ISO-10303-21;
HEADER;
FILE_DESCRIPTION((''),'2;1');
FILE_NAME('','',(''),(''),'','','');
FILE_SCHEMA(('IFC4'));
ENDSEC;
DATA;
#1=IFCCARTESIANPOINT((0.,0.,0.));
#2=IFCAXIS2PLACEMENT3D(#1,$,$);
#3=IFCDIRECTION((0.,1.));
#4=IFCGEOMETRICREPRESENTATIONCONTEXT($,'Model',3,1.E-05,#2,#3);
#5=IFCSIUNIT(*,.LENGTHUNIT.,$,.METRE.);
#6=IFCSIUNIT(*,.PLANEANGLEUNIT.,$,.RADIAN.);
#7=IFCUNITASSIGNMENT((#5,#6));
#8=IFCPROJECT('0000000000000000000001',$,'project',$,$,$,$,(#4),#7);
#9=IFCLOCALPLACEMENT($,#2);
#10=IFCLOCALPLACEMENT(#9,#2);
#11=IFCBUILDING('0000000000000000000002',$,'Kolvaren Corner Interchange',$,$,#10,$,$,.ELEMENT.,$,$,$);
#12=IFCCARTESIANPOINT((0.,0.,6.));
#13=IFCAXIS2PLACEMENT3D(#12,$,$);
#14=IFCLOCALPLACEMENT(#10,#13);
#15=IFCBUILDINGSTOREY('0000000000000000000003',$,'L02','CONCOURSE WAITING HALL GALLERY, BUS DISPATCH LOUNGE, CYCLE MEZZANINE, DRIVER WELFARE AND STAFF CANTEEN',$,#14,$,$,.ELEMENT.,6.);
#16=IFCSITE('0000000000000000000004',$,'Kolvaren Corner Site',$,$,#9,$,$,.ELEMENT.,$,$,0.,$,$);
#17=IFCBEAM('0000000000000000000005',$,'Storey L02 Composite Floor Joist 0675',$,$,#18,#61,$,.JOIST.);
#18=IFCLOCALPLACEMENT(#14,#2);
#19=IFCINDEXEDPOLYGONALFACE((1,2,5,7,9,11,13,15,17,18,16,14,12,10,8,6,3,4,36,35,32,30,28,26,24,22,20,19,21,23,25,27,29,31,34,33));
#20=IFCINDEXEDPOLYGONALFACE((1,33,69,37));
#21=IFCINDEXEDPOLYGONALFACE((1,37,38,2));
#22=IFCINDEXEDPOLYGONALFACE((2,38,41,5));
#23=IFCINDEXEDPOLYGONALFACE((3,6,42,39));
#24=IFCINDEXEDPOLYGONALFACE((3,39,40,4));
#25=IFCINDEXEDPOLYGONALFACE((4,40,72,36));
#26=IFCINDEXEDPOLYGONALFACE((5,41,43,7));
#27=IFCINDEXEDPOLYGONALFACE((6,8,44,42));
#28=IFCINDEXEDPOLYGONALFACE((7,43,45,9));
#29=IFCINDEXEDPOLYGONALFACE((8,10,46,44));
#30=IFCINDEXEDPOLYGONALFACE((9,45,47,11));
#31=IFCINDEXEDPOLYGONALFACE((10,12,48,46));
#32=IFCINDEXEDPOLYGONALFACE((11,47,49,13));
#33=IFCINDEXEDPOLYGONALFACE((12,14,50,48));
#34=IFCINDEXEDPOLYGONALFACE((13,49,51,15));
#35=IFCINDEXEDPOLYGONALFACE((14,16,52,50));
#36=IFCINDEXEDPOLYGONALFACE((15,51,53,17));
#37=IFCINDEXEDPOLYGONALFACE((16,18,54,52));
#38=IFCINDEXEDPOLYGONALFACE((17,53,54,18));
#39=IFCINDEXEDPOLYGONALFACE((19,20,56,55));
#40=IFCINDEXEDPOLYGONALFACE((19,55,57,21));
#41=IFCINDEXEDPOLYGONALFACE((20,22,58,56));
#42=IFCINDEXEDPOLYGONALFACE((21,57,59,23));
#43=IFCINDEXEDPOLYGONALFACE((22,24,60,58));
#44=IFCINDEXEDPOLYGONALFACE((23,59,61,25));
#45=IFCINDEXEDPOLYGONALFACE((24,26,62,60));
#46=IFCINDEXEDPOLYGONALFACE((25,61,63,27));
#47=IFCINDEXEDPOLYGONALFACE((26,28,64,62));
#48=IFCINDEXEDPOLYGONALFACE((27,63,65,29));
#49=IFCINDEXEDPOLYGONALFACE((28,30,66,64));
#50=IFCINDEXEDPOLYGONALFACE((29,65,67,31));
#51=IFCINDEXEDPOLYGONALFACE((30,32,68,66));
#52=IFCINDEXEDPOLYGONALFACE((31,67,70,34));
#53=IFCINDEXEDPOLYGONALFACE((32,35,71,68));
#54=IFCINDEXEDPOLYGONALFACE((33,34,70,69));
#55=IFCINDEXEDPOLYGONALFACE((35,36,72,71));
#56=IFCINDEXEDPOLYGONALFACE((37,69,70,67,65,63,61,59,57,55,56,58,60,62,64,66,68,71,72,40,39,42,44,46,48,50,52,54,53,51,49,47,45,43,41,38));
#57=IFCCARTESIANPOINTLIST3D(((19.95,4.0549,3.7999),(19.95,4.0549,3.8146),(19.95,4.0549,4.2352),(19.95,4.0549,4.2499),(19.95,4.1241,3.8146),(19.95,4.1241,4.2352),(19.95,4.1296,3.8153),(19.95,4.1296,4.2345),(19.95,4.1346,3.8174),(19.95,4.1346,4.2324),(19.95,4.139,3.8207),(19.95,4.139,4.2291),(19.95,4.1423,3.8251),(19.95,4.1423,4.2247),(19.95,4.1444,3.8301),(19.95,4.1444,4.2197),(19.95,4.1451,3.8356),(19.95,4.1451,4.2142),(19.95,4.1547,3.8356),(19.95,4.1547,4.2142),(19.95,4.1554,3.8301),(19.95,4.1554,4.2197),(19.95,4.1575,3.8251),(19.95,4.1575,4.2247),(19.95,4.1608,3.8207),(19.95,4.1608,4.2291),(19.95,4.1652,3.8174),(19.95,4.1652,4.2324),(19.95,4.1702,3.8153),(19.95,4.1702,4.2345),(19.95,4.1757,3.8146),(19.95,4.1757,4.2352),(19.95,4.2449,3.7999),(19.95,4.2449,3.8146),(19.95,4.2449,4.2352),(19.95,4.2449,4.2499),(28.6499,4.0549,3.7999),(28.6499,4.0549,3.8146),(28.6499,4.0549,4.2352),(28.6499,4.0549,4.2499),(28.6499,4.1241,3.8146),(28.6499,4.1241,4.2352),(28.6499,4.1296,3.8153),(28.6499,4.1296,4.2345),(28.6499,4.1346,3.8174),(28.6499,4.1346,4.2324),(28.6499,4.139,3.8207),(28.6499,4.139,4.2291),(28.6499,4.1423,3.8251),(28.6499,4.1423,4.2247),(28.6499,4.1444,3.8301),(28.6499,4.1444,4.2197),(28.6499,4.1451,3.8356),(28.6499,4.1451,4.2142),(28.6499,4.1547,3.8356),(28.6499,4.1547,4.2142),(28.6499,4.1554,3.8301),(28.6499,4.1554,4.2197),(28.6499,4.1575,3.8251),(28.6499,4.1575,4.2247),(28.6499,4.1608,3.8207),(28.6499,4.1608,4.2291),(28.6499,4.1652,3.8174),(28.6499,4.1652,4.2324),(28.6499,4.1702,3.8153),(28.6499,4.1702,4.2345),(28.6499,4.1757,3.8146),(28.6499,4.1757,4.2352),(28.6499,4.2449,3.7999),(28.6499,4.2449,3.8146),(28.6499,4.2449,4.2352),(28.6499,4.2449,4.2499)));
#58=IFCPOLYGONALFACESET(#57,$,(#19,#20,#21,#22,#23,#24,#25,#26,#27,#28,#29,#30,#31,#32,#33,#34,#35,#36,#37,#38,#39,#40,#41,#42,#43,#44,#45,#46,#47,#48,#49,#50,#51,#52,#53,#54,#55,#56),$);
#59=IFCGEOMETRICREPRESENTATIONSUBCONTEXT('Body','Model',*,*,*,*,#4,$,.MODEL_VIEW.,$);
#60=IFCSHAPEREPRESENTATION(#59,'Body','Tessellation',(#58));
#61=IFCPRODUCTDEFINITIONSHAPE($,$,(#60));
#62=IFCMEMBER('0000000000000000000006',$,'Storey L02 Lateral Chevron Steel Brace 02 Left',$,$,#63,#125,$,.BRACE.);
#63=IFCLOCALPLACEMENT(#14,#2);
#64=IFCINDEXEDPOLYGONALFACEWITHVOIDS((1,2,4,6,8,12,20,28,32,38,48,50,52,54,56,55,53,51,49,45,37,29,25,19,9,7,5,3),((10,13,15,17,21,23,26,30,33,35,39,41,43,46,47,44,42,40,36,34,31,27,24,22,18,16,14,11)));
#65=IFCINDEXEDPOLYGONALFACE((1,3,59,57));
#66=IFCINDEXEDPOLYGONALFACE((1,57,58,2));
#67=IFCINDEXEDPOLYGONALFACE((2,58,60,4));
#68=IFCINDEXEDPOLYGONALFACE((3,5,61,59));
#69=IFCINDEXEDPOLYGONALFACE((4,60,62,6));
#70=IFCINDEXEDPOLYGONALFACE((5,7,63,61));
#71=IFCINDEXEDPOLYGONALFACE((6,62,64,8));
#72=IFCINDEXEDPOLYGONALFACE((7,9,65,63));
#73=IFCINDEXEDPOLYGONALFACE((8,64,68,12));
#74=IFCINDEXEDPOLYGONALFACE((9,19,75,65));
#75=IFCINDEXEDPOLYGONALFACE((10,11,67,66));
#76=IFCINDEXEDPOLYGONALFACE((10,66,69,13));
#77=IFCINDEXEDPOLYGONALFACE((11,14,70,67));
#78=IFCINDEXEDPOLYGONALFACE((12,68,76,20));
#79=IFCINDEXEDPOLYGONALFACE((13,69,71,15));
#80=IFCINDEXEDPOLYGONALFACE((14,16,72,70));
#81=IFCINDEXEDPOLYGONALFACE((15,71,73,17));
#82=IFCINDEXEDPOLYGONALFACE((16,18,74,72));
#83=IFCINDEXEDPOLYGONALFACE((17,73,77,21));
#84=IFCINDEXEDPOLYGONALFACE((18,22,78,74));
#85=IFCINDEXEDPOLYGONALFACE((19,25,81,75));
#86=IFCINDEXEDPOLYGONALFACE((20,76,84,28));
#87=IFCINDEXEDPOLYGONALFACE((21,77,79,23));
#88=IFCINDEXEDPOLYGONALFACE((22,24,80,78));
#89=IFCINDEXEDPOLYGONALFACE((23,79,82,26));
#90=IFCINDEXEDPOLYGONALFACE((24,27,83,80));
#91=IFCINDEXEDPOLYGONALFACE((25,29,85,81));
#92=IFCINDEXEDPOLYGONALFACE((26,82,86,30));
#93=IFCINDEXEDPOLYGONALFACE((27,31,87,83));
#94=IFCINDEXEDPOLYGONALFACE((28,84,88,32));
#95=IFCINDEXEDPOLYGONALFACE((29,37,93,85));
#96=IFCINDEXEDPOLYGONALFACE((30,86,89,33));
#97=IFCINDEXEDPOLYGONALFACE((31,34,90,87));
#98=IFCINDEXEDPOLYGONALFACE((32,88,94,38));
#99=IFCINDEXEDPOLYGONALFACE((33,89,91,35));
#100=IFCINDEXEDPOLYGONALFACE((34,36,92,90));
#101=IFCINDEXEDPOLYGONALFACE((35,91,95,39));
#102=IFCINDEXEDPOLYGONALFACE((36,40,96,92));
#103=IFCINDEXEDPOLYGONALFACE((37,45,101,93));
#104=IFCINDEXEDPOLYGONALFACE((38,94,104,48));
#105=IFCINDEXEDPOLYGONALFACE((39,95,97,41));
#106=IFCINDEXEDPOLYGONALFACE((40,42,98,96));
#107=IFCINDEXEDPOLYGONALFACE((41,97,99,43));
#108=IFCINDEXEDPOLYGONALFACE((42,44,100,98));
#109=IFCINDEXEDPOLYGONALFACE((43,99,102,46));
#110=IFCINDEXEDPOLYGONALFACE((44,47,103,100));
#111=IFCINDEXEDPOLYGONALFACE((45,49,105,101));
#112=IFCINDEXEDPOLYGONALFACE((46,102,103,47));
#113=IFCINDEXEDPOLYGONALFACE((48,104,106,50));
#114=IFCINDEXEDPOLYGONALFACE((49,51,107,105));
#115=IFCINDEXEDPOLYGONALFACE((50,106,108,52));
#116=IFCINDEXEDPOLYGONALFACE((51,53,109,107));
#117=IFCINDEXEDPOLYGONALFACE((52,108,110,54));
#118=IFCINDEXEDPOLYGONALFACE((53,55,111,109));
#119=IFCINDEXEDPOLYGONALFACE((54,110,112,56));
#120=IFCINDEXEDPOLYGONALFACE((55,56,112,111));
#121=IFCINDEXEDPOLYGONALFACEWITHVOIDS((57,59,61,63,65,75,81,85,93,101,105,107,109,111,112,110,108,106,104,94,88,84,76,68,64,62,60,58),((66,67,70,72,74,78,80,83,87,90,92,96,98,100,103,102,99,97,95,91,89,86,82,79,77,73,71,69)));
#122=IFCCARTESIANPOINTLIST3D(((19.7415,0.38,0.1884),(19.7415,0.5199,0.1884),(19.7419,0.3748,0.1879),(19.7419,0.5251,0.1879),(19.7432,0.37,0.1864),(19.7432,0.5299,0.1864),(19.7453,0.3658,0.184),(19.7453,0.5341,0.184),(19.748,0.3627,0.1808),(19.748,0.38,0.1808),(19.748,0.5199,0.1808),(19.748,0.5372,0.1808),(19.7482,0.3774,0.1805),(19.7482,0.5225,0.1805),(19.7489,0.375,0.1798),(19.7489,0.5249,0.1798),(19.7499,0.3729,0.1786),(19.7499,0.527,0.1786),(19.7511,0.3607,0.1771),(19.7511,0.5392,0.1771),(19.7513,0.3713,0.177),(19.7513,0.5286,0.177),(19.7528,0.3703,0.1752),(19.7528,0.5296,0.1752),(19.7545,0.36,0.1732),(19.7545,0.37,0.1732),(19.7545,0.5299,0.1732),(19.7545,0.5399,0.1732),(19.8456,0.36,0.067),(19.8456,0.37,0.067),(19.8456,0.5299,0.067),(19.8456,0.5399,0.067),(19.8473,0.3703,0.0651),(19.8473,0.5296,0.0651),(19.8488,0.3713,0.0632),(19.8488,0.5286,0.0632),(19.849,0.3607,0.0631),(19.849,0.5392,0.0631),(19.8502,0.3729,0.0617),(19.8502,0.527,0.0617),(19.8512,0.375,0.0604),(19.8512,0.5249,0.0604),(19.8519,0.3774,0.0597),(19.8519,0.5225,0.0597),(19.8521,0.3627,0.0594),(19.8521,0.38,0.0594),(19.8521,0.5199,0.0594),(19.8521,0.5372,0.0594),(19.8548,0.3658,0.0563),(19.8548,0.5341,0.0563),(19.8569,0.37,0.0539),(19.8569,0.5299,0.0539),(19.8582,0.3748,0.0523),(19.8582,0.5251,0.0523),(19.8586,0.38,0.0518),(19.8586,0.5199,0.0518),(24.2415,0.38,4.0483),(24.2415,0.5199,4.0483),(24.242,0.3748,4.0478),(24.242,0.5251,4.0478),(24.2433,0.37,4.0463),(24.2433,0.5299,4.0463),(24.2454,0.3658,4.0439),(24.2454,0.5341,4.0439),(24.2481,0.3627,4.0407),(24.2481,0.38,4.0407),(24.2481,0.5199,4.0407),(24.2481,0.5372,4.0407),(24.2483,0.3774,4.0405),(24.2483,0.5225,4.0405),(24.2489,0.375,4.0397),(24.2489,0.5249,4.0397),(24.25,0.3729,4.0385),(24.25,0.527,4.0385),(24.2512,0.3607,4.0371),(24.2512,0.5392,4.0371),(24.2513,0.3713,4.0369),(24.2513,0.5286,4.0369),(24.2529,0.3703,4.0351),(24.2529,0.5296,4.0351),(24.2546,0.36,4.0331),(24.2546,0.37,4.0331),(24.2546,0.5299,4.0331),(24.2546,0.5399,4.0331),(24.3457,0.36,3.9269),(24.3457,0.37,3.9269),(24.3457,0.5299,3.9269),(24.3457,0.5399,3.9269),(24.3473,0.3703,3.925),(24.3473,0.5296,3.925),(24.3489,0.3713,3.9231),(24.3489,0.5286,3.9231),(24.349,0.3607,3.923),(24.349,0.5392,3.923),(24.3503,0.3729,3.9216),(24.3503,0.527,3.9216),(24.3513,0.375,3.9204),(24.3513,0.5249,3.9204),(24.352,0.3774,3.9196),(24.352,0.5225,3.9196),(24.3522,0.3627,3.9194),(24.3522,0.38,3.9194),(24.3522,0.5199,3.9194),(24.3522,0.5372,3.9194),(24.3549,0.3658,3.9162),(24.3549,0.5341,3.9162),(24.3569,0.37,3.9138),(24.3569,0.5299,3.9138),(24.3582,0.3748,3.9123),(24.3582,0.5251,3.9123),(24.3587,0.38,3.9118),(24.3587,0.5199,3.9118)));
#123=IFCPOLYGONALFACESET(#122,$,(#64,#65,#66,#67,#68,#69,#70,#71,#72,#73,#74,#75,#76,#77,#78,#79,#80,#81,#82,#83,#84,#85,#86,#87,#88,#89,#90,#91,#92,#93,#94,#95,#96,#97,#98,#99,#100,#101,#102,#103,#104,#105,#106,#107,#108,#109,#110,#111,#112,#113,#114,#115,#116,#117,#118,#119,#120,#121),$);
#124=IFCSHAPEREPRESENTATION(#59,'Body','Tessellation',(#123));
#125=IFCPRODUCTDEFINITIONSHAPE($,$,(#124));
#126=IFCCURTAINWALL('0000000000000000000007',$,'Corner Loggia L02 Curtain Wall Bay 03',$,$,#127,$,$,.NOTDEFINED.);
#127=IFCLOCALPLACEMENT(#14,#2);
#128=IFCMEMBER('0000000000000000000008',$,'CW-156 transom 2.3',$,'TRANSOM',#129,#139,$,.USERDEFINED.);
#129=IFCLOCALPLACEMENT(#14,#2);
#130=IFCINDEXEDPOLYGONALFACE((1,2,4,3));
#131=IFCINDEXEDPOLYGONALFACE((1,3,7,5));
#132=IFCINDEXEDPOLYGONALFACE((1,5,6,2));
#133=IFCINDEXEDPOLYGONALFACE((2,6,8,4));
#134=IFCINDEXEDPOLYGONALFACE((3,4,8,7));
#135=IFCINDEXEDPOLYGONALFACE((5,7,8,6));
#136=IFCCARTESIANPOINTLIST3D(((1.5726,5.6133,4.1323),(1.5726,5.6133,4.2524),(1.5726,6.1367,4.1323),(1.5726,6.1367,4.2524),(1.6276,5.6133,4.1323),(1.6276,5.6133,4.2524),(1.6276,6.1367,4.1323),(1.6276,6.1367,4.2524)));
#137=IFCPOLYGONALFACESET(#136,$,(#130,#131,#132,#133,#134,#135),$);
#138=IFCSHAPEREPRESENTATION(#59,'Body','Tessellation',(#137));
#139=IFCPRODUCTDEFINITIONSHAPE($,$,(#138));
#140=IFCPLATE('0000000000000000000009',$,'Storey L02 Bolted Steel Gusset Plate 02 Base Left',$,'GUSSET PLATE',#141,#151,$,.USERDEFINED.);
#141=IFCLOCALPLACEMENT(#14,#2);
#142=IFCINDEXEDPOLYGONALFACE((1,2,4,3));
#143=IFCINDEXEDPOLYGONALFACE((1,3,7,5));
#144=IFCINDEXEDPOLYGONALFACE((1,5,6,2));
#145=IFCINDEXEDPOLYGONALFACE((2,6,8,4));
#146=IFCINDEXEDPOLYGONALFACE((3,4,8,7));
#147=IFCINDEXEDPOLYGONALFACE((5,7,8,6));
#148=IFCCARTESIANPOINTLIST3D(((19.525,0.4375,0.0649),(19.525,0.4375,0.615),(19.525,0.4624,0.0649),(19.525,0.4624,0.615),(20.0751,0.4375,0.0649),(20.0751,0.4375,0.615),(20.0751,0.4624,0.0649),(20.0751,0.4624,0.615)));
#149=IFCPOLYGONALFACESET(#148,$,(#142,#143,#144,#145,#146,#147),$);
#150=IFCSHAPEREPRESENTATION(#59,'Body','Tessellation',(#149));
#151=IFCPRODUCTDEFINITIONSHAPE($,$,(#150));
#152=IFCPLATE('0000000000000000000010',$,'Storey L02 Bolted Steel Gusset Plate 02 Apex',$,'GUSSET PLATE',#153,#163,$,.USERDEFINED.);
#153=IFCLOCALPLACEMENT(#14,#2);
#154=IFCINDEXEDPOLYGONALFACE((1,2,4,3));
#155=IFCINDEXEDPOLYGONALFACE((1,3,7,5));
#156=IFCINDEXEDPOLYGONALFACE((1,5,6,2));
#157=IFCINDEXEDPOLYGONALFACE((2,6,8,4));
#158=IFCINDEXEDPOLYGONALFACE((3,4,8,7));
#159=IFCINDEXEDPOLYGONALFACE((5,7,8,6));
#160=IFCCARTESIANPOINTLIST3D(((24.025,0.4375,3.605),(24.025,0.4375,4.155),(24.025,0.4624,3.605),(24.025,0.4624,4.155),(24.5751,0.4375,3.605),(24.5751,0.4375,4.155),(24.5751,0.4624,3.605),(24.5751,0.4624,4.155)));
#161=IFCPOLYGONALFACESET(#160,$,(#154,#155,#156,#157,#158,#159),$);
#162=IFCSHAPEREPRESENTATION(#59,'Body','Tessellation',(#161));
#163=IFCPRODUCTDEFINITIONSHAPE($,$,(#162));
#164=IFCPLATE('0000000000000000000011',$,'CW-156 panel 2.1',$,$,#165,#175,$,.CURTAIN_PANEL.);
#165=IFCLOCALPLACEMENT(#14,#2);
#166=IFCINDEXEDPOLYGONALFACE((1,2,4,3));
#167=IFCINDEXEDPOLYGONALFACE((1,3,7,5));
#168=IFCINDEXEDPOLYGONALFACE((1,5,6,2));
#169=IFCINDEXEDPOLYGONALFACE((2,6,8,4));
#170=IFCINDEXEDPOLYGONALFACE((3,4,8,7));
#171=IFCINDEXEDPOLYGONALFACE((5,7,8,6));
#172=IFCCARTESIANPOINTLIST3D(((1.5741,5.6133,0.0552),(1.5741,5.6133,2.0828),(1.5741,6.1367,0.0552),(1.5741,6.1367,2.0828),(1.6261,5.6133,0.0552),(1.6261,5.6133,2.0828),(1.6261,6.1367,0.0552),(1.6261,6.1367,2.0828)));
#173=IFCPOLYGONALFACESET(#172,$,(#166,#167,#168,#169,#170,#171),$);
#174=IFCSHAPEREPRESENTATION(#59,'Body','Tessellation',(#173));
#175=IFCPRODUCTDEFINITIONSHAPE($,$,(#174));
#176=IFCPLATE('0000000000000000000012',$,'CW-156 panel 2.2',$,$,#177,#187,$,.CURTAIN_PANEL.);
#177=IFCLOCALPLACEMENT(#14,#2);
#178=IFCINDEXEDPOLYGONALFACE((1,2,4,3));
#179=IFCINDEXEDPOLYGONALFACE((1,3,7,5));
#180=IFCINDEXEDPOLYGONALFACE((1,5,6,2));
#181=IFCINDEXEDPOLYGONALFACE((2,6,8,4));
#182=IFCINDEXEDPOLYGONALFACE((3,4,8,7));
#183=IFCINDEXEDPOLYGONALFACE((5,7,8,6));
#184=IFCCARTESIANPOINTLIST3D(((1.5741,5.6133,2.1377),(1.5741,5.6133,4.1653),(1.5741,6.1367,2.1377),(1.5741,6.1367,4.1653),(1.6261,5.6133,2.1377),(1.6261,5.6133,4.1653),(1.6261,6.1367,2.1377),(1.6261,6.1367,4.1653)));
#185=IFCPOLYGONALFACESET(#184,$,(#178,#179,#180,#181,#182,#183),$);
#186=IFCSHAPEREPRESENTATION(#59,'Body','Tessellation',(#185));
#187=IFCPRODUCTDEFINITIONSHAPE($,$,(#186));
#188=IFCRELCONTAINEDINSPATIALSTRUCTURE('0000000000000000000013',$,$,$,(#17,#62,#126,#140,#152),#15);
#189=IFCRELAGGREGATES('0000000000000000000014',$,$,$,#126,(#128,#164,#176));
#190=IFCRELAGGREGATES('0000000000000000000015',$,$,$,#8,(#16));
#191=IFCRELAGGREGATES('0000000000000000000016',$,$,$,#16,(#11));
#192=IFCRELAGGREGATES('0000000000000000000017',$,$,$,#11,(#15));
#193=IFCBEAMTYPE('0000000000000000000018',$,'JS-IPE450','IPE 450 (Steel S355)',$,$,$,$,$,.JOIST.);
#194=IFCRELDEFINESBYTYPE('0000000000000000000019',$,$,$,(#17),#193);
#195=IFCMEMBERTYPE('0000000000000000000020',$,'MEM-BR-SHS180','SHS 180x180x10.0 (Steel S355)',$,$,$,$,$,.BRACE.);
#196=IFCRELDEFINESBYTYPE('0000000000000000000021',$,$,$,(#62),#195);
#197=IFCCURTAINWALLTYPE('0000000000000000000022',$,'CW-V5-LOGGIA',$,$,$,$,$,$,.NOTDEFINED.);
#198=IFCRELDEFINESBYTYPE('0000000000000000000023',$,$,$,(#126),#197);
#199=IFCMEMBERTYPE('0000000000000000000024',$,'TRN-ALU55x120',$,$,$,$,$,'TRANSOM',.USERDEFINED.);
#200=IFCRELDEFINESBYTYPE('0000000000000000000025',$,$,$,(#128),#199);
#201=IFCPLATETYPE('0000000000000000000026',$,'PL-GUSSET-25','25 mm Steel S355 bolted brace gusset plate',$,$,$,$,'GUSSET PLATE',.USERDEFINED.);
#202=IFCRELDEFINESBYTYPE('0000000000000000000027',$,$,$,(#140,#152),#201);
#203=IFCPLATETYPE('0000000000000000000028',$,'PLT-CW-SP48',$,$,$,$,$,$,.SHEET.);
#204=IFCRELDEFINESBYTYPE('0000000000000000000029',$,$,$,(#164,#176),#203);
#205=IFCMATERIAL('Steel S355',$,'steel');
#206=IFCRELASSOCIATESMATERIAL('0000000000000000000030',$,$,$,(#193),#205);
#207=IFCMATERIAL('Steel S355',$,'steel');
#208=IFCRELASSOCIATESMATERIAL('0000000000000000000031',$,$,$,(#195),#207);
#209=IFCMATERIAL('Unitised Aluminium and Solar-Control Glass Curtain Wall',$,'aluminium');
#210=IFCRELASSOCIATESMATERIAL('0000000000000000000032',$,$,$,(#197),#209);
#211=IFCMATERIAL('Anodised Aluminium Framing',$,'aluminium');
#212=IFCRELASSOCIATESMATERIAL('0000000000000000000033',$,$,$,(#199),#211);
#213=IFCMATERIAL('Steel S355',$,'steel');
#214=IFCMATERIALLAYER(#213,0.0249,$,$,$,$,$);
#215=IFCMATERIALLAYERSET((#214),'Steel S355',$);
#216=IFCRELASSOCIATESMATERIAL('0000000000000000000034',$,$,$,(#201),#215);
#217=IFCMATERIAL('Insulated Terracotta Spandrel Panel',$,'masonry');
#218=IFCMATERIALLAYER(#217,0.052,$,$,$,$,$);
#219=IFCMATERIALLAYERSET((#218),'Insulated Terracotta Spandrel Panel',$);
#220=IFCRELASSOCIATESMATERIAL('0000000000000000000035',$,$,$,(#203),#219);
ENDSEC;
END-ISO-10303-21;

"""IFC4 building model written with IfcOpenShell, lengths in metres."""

from ifc_helpers import new_model, si_unit, direction, frame, origin, origin_2d, place, context, subcontext, project, spatial, rectangle, hollow_rectangle, i_section, extrude, material, layer, layer_set, material_profile, profile_set, type_object, element, aggregate, save


model = new_model("IFC4")

# Units and contexts
model_context = context("Model", 3, precision=1e-05, world=origin(), true_north=direction((0.0, 1.0)))
body_context = subcontext(model_context, "Body", "Model", "MODEL_VIEW")
ifc_project = project(units=[si_unit("LENGTHUNIT", "METRE"), si_unit("PLANEANGLEUNIT", "RADIAN")], contexts=[model_context])

# Site, building, storey
site_placement = place(None, origin())
site = spatial("IfcSite", under=ifc_project, at=site_placement, Name="Kolvaren Corner Site", CompositionType="ELEMENT", RefElevation=0.0)
building_placement = place(site_placement, origin())
building = spatial("IfcBuilding", under=site, at=building_placement, Name="Kolvaren Corner Interchange", CompositionType="ELEMENT")
storey_placement = place(building_placement, frame((0.0, 0.0, 6.0)))
storey = spatial("IfcBuildingStorey", under=building, at=storey_placement, Name="L02", Description="CONCOURSE WAITING HALL GALLERY, BUS DISPATCH LOUNGE, CYCLE MEZZANINE, DRIVER WELFARE AND STAFF CANTEEN", CompositionType="ELEMENT", Elevation=6.0)

# Beam
ifc_material_1 = material(Name="Steel S355", Category="steel")
ifc_material_profile_1 = material_profile(ifc_material_1, i_section(OverallWidth=0.1899, OverallDepth=0.45, WebThickness=0.0095, FlangeThickness=0.0146, FilletRadius=0.021, at=origin_2d()), Name="IPE 450")
ifc_profile_set_1 = profile_set([ifc_material_profile_1], Name="Steel S355")
beam_type_1 = type_object("IfcBeamType", Name="JS-IPE450", Description="IPE 450 (Steel S355)", PredefinedType="JOIST", material=ifc_profile_set_1)
for number, where, z_axis, x_axis, name in (
    (1, (19.95, 4.1499, 4.0249), (1.0, 0.0, 0.0), (0.0, 1.0, 0.0), "Storey L02 Composite Floor Joist 0675"),
):
    element("IfcBeam", number, at=place(storey_placement, frame(where, z_axis=z_axis, x_axis=x_axis)), inside=storey, type_object=beam_type_1, Name=name, PredefinedType="JOIST", context=body_context, shape_type="SweptSolid", body=[
        extrude(i_section(OverallWidth=0.1899, OverallDepth=0.45, WebThickness=0.0095, FlangeThickness=0.0146, FilletRadius=0.021, at=origin_2d()), origin(), (0.0, 0.0, 1.0), 8.7),
    ])

# Member
ifc_material_2 = material(Name="Steel S355", Category="steel")
ifc_material_profile_2 = material_profile(ifc_material_2, hollow_rectangle(XDim=0.1799, YDim=0.1799, WallThickness=0.01, InnerFilletRadius=0.01, OuterFilletRadius=0.02, at=origin_2d()), Name="SHS 180x180x10.0")
ifc_profile_set_2 = profile_set([ifc_material_profile_2], Name="Steel S355")
member_type_1 = type_object("IfcMemberType", Name="MEM-BR-SHS180", Description="SHS 180x180x10.0 (Steel S355)", PredefinedType="BRACE", material=ifc_profile_set_2)
member_1_placement = place(storey_placement, frame((19.8, 0.45, 0.1201), z_axis=(0.75903, 0.0, 0.651056), x_axis=(0.0, 1.0, 0.0)))
element("IfcMember", 2, at=member_1_placement, inside=storey, type_object=member_type_1, Name="Storey L02 Lateral Chevron Steel Brace 02 Left", PredefinedType="BRACE", context=body_context, shape_type="SweptSolid", body=[
    extrude(hollow_rectangle(XDim=0.1799, YDim=0.1799, WallThickness=0.01, InnerFilletRadius=0.01, OuterFilletRadius=0.02, at=origin_2d()), origin(), (0.0, 0.0, 1.0), 5.9287),
])

# Curtain wall, member
ifc_material_3 = material(Name="Unitised Aluminium and Solar-Control Glass Curtain Wall", Category="aluminium")
curtain_wall_type = type_object("IfcCurtainWallType", Name="CW-V5-LOGGIA", PredefinedType="NOTDEFINED", material=ifc_material_3)
curtain_wall_placement = place(storey_placement, origin())
curtain_wall = element("IfcCurtainWall", 3, at=curtain_wall_placement, inside=storey, type_object=curtain_wall_type, Name="Corner Loggia L02 Curtain Wall Bay 03", PredefinedType="NOTDEFINED")
ifc_material_4 = material(Name="Anodised Aluminium Framing", Category="aluminium")
ifc_material_profile_3 = material_profile(ifc_material_4, rectangle(XDim=0.0549, YDim=0.1201, at=origin_2d()), Name="ALU 55x120")
ifc_profile_set_3 = profile_set([ifc_material_profile_3], Name="Anodised Aluminium Framing")
member_type_2 = type_object("IfcMemberType", Name="TRN-ALU55x120", ElementType="TRANSOM", PredefinedType="USERDEFINED", material=ifc_profile_set_3)
member_2_placement = place(storey_placement, frame((1.6001, 5.6133, 4.1924), z_axis=(0.0, 1.0, 0.0), x_axis=(-1.0, 0.0, 0.0)))
member_2 = element("IfcMember", 4, at=member_2_placement, type_object=member_type_2, Name="CW-156 transom 2.3", ObjectType="TRANSOM", PredefinedType="USERDEFINED", context=body_context, shape_type="SweptSolid", body=[
    extrude(rectangle(XDim=0.0549, YDim=0.1201, at=origin_2d()), origin(), (0.0, 0.0, 1.0), 0.5234),
])

# Plates
ifc_material_5 = material(Name="Steel S355", Category="steel")
ifc_layer_1 = layer(ifc_material_5, 0.0249)
ifc_layer_set_1 = layer_set([ifc_layer_1], Name="Steel S355")
plate_type_1 = type_object("IfcPlateType", Name="PL-GUSSET-25", Description="25 mm Steel S355 bolted brace gusset plate", ElementType="GUSSET PLATE", PredefinedType="USERDEFINED", material=ifc_layer_set_1)
for number, where, z_axis, x_axis, name in (
    (5, (19.8, 0.45, 0.0649), (0.0, 0.0, 1.0), (1.0, 0.0, 0.0), "Storey L02 Bolted Steel Gusset Plate 02 Base Left"),
    (6, (24.3, 0.45, 3.605), (0.0, 0.0, 1.0), (1.0, 0.0, 0.0), "Storey L02 Bolted Steel Gusset Plate 02 Apex"),
):
    element("IfcPlate", number, at=place(storey_placement, frame(where, z_axis=z_axis, x_axis=x_axis)), inside=storey, type_object=plate_type_1, Name=name, ObjectType="GUSSET PLATE", PredefinedType="USERDEFINED", context=body_context, shape_type="SweptSolid", body=[
        extrude(rectangle(XDim=0.55, YDim=0.0249, at=origin_2d()), origin(), (0.0, 0.0, 1.0), 0.55),
    ])

# Plates
ifc_material_6 = material(Name="Insulated Terracotta Spandrel Panel", Category="masonry")
ifc_layer_2 = layer(ifc_material_6, 0.052)
ifc_layer_set_2 = layer_set([ifc_layer_2], Name="Insulated Terracotta Spandrel Panel")
plate_type_2 = type_object("IfcPlateType", Name="PLT-CW-SP48", PredefinedType="SHEET", material=ifc_layer_set_2)
plate_1_placement = place(storey_placement, frame((1.6001, 5.875, 0.0552), z_axis=(0.0, 0.0, 1.0), x_axis=(0.0, 1.0, 0.0)))
plate_1 = element("IfcPlate", 7, at=plate_1_placement, type_object=plate_type_2, Name="CW-156 panel 2.1", PredefinedType="CURTAIN_PANEL", context=body_context, shape_type="SweptSolid", body=[
    extrude(rectangle(XDim=0.5234, YDim=0.052, at=origin_2d()), origin(), (0.0, 0.0, 1.0), 2.0276),
])
plate_2_placement = place(storey_placement, frame((1.6001, 5.875, 2.1377), z_axis=(0.0, 0.0, 1.0), x_axis=(0.0, 1.0, 0.0)))
plate_2 = element("IfcPlate", 8, at=plate_2_placement, type_object=plate_type_2, Name="CW-156 panel 2.2", PredefinedType="CURTAIN_PANEL", context=body_context, shape_type="SweptSolid", body=[
    extrude(rectangle(XDim=0.5234, YDim=0.052, at=origin_2d()), origin(), (0.0, 0.0, 1.0), 2.0276),
])
aggregate(curtain_wall, [member_2, plate_1, plate_2])

save(model, "model.ifc")
